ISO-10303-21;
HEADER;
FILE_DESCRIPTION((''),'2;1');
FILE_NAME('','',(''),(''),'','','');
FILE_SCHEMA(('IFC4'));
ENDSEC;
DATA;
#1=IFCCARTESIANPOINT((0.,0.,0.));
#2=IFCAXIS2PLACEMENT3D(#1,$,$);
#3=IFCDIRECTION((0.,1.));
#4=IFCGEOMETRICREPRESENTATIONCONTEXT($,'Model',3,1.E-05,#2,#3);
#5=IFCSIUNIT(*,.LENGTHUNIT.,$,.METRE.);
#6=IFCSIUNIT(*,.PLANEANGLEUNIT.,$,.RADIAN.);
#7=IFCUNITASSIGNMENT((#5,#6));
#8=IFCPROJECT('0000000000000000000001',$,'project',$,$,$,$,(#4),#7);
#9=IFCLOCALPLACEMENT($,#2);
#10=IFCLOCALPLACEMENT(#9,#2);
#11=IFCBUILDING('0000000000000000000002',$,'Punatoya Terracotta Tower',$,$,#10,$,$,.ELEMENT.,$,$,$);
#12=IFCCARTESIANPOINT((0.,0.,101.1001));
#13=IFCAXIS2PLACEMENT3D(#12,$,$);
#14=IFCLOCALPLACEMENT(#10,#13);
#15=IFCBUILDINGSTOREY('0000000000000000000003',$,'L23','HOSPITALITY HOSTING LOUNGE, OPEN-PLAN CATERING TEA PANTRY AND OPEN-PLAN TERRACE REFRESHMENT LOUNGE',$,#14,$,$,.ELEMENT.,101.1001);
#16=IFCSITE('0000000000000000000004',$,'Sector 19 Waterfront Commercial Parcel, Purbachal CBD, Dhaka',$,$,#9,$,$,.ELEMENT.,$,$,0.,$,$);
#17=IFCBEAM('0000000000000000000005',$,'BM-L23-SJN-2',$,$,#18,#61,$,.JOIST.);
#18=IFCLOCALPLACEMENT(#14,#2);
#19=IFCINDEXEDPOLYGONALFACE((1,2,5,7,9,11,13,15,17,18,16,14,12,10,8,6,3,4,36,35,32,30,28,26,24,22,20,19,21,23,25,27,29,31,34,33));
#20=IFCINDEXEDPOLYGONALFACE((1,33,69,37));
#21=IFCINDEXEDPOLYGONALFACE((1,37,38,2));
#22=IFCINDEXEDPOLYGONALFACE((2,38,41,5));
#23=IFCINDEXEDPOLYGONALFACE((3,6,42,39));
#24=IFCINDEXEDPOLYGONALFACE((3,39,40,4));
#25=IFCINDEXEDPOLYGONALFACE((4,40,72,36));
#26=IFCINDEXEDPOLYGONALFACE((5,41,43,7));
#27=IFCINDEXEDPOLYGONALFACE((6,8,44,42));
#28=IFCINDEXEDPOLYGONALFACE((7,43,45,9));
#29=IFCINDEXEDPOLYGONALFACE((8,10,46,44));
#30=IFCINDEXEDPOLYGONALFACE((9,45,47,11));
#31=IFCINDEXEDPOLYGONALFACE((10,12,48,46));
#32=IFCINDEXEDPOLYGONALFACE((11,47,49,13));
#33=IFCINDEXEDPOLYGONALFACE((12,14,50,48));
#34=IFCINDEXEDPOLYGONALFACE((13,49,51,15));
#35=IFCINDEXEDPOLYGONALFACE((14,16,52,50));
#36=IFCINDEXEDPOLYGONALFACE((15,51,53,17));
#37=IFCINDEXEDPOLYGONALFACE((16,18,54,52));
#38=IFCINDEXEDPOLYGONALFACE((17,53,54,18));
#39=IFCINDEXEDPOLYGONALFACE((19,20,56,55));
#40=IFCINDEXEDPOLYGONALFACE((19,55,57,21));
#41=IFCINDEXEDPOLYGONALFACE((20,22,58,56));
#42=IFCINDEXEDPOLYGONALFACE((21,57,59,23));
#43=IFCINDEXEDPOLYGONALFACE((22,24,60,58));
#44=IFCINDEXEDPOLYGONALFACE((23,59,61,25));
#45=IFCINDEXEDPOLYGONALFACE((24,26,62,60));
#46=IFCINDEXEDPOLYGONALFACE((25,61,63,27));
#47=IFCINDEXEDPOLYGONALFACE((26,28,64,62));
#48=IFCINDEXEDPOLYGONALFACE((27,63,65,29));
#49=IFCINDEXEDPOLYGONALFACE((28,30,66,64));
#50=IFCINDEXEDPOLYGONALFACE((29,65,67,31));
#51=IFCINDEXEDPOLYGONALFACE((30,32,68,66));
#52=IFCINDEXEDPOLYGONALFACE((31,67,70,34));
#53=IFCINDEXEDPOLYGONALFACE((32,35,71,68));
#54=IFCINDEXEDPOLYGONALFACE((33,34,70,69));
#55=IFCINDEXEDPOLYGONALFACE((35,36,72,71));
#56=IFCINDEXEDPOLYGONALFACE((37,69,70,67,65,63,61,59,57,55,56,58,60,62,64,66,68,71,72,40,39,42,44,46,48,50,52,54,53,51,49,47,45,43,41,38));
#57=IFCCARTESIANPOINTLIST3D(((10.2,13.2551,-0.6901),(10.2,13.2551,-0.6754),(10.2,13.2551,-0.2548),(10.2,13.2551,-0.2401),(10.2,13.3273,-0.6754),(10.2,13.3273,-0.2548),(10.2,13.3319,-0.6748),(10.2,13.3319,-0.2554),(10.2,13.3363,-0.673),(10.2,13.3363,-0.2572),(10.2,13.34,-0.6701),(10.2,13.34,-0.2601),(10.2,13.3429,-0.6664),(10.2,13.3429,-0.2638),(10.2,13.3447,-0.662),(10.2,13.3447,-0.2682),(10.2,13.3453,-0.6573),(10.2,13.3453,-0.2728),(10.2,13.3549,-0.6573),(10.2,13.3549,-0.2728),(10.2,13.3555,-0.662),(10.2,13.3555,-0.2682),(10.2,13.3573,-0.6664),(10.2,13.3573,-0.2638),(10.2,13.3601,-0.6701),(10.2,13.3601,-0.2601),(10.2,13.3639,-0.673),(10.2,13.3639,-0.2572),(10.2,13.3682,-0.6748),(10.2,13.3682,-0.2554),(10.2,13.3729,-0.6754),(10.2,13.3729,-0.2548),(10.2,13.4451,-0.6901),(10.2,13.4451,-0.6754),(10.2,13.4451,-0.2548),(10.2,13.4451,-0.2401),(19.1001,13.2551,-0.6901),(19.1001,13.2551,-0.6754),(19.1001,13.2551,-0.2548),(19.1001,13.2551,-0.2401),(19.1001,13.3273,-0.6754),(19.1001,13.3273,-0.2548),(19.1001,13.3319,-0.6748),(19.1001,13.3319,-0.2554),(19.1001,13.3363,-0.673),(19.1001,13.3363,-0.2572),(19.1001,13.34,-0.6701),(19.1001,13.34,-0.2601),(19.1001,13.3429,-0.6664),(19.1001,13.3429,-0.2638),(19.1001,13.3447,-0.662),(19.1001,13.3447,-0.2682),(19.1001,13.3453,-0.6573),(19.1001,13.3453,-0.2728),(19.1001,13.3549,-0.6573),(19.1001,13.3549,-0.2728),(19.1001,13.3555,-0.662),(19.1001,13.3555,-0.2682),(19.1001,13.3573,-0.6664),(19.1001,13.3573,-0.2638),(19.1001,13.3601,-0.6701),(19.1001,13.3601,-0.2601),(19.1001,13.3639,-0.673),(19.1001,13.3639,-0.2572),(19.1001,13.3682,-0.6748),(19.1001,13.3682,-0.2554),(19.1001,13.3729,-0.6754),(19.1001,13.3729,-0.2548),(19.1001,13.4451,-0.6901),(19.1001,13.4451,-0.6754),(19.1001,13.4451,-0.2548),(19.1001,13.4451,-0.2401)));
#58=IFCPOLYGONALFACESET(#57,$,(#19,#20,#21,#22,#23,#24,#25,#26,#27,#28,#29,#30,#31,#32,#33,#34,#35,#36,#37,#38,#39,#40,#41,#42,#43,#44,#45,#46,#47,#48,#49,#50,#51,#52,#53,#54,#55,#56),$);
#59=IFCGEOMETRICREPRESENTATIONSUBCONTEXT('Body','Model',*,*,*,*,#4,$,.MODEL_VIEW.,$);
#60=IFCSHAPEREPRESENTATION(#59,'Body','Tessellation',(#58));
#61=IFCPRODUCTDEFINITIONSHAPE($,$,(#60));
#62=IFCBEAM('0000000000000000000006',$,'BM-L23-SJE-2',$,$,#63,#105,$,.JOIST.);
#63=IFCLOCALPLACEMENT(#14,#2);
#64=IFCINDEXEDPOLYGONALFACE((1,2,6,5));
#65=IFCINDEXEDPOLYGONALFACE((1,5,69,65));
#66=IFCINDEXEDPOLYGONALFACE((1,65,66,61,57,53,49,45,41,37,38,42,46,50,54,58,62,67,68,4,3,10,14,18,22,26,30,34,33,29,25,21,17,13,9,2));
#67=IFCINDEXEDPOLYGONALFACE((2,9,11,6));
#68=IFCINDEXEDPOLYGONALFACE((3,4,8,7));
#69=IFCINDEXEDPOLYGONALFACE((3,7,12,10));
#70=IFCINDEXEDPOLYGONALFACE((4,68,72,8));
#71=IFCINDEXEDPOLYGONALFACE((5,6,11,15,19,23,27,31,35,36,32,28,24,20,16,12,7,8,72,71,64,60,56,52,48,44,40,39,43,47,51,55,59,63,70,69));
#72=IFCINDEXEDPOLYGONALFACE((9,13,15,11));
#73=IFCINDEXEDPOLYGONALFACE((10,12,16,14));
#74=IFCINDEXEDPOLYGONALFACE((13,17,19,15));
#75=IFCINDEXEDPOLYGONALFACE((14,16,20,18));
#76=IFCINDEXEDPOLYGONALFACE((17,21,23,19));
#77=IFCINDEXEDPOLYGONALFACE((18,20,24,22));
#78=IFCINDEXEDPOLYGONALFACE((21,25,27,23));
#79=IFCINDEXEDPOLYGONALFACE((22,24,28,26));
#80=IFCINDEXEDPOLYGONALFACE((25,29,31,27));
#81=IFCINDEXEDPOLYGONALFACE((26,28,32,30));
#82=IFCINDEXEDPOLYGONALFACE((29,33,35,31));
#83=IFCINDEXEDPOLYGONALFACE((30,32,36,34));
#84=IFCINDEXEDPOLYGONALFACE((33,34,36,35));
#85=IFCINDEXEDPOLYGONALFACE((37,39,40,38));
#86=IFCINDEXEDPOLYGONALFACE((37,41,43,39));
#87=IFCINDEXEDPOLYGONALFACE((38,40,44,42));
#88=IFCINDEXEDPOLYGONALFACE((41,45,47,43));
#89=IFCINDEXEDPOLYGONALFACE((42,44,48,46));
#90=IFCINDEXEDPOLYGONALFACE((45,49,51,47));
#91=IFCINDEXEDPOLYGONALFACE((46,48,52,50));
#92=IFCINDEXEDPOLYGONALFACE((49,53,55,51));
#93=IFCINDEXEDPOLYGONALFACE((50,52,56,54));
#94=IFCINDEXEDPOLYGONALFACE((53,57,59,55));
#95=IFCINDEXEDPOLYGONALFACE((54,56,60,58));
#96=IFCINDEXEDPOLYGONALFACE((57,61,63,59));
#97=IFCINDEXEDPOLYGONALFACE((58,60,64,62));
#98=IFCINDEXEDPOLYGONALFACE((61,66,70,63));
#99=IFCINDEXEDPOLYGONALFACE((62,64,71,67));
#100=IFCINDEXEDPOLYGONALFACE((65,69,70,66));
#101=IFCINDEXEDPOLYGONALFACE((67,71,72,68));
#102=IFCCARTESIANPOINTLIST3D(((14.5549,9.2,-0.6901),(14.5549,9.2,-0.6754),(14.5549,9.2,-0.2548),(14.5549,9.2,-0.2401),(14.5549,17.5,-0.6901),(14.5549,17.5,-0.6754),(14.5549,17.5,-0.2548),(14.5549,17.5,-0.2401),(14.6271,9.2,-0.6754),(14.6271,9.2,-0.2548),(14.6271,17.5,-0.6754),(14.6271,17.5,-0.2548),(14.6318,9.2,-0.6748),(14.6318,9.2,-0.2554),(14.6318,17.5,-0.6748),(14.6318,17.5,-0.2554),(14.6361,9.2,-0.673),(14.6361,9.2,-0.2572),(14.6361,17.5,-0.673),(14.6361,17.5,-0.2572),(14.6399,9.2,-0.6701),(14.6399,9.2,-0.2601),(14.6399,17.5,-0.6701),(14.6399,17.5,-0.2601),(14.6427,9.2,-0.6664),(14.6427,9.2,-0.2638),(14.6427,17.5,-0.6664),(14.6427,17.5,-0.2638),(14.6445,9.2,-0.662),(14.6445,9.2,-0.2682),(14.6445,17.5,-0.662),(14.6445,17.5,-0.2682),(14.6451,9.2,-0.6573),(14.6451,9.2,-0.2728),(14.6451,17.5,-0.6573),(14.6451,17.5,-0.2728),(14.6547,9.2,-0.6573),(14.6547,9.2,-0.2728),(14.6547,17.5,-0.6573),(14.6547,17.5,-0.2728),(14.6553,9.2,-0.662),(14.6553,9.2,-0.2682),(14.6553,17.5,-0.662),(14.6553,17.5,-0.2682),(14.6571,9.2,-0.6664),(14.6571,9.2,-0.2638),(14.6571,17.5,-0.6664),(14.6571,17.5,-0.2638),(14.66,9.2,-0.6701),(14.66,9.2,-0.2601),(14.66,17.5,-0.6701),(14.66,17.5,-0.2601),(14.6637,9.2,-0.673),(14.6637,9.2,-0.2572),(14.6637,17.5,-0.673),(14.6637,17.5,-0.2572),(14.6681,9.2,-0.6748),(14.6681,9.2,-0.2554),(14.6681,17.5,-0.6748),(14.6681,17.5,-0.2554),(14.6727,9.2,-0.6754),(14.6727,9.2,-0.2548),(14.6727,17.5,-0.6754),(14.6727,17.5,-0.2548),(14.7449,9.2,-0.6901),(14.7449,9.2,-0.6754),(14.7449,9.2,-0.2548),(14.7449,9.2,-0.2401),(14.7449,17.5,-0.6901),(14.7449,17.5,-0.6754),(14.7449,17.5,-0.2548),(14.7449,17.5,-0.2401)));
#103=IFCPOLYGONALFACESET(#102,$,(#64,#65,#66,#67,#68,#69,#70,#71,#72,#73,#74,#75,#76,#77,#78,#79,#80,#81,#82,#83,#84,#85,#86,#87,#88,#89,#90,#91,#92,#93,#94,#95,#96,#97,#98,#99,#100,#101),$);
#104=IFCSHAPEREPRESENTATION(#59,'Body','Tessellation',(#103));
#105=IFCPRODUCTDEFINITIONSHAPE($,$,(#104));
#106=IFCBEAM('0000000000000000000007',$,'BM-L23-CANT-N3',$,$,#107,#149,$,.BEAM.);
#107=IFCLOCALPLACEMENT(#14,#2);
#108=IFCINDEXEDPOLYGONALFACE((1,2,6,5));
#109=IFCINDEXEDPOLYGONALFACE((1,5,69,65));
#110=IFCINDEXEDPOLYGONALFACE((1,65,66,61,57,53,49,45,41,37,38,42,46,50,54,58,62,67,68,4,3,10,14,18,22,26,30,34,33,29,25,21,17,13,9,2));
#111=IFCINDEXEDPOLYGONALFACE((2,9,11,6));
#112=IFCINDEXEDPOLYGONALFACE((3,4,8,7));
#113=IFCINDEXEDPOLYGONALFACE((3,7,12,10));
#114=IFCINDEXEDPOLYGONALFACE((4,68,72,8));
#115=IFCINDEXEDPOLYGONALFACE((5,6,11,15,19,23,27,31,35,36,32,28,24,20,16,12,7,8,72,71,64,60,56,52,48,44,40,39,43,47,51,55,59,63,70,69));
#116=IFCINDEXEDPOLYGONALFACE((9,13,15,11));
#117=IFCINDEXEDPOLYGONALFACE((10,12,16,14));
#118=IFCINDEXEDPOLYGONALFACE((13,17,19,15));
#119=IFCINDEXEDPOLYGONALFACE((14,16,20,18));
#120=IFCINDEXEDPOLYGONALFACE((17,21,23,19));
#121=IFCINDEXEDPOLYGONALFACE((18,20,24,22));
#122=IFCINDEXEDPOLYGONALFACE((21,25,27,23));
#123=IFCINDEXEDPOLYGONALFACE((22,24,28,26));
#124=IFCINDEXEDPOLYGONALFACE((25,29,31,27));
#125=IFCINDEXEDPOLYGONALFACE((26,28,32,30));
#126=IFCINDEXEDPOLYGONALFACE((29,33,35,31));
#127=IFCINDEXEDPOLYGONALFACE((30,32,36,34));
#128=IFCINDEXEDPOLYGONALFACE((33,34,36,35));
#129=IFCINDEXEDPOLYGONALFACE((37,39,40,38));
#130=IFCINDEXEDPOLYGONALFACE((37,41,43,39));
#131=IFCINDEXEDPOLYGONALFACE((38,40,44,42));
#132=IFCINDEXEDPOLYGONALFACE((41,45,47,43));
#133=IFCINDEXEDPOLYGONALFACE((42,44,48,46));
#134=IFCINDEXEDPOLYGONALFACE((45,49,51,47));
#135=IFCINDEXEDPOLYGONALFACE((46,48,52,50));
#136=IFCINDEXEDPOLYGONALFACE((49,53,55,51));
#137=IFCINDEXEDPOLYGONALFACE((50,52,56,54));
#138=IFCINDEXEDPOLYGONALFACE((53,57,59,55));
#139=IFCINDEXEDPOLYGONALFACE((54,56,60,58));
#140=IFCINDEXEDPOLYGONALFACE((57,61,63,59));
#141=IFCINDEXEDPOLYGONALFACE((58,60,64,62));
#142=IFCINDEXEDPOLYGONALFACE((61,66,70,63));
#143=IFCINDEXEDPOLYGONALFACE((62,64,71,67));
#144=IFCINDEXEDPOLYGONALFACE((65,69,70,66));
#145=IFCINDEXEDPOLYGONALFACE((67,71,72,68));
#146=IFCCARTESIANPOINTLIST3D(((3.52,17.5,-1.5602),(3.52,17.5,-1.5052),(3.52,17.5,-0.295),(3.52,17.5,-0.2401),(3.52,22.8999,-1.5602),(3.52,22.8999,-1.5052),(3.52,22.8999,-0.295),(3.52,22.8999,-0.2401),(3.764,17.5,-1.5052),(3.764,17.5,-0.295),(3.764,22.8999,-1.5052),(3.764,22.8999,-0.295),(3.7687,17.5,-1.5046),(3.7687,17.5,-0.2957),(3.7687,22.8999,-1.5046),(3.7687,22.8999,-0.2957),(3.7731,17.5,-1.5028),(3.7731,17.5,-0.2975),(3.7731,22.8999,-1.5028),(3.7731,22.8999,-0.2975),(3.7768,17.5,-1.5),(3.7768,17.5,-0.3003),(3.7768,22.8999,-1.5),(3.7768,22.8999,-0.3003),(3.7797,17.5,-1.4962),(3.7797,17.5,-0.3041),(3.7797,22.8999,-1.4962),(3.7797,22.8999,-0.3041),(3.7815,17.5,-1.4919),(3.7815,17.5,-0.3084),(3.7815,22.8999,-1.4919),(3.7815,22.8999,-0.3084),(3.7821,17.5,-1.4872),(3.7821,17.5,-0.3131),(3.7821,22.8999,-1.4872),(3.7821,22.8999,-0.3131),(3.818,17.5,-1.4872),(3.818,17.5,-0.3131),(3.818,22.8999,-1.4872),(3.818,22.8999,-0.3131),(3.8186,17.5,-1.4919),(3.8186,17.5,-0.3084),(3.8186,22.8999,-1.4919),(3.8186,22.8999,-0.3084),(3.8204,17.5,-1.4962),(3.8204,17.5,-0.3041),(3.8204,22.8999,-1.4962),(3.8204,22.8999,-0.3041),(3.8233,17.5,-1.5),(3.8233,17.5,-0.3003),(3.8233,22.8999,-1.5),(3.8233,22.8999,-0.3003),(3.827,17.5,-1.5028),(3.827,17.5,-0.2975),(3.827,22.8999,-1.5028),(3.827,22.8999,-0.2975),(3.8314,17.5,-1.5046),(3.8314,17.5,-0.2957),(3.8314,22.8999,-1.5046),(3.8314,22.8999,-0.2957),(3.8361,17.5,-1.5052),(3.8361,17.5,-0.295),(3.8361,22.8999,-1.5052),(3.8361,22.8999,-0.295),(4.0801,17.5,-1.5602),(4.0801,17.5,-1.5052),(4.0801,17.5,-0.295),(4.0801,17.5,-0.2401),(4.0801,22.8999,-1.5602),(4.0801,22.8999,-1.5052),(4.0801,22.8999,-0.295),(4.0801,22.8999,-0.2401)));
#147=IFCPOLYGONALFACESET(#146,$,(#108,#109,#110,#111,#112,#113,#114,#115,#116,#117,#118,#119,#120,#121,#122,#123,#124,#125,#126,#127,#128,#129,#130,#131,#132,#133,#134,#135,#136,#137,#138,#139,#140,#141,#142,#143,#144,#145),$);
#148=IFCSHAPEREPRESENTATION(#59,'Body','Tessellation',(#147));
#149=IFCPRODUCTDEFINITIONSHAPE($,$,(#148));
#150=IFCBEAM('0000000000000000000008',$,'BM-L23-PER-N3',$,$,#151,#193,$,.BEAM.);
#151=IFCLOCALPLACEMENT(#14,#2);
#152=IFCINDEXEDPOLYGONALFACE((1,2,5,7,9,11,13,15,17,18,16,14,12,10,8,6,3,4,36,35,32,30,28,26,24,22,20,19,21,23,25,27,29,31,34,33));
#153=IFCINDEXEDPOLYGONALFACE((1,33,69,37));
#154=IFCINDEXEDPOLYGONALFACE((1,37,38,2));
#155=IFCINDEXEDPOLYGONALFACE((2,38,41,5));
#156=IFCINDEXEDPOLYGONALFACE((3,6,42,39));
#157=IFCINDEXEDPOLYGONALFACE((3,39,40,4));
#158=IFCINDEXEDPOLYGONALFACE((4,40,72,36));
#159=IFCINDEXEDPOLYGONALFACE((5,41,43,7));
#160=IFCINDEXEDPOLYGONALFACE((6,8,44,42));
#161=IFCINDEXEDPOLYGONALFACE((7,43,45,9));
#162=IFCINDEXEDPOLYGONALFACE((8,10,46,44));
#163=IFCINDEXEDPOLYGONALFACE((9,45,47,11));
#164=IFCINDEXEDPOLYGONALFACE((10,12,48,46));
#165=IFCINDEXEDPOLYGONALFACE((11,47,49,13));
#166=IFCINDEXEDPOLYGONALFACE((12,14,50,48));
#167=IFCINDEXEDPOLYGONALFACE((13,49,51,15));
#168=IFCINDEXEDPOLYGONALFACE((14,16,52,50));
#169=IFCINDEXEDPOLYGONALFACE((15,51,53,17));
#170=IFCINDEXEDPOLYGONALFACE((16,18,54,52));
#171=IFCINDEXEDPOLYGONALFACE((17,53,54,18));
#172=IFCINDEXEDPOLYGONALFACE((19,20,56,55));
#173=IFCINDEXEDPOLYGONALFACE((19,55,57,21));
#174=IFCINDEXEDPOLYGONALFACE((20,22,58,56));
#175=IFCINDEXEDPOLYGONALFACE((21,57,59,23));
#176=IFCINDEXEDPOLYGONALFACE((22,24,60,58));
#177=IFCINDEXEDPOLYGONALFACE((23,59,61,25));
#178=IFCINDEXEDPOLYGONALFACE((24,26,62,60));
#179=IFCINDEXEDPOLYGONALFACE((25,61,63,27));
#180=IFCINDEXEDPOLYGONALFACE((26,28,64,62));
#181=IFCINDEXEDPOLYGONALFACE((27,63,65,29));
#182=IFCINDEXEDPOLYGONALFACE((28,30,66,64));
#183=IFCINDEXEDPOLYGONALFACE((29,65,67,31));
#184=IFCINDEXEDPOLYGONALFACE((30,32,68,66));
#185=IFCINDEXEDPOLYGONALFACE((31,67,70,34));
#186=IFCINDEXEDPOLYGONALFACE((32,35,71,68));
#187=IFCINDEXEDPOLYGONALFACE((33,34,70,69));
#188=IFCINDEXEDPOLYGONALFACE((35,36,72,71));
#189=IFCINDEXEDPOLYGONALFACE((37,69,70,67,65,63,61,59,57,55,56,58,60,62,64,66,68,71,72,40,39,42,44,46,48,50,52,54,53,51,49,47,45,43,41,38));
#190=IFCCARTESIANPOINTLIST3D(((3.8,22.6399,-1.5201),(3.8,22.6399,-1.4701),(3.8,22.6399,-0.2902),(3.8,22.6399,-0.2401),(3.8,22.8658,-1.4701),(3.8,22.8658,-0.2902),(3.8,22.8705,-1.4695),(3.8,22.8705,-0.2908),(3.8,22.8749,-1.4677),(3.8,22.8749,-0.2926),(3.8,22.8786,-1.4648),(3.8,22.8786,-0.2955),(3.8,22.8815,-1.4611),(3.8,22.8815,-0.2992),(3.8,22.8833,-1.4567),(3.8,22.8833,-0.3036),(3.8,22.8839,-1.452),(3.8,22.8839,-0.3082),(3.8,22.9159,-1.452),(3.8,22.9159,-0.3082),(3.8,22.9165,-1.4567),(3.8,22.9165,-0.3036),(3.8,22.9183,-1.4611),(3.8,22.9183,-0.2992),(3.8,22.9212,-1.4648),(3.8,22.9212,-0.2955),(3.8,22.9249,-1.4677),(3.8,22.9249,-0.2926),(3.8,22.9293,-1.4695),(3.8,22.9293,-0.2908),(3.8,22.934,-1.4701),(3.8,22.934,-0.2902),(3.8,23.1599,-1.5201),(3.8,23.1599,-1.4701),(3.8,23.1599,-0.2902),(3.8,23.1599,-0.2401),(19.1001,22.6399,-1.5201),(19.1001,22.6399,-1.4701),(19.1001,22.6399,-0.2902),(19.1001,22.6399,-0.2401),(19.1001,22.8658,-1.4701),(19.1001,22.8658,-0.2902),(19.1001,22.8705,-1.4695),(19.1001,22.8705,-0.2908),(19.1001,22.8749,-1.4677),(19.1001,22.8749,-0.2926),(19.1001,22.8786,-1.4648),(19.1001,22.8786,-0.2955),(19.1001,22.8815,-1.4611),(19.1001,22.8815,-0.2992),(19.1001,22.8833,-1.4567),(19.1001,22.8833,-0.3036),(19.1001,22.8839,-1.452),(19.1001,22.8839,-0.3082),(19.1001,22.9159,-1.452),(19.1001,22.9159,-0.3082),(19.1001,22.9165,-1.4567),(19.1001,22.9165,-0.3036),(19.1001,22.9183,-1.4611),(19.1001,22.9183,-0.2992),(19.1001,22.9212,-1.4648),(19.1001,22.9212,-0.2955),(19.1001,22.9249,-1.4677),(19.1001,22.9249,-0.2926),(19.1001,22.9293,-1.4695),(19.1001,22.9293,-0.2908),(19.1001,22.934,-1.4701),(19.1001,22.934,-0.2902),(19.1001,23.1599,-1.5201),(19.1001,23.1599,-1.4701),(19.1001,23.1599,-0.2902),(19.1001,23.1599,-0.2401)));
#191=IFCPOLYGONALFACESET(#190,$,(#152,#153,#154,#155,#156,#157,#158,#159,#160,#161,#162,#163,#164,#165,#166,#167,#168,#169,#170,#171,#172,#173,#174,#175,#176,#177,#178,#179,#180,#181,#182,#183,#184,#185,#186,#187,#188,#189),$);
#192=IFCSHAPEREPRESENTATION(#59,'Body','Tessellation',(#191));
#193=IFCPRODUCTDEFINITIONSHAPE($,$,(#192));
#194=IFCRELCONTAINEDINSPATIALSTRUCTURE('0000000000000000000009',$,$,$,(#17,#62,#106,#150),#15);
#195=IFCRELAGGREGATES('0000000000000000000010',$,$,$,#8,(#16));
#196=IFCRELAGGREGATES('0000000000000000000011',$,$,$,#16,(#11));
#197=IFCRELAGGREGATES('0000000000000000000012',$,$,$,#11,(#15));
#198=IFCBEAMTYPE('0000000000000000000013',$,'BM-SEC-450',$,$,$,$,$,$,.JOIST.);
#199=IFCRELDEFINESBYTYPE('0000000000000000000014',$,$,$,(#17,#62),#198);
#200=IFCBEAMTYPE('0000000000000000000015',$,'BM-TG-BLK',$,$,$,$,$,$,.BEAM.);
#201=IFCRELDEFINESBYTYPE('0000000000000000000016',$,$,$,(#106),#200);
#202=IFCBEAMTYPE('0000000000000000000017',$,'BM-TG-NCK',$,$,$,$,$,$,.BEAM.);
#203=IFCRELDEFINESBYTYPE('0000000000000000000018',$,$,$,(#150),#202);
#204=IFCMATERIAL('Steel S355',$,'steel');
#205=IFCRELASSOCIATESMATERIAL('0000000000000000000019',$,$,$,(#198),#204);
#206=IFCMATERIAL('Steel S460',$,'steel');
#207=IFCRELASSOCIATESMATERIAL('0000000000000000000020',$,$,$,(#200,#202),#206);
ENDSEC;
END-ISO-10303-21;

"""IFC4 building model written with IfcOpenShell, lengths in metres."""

from ifc_helpers import new_model, si_unit, direction, frame, origin, origin_2d, place, context, subcontext, project, spatial, i_section, extrude, material, material_profile, profile_set, type_object, element, save


model = new_model("IFC4")

# Units and contexts
model_context = context("Model", 3, precision=1e-05, world=origin(), true_north=direction((0.0, 1.0)))
body_context = subcontext(model_context, "Body", "Model", "MODEL_VIEW")
ifc_project = project(units=[si_unit("LENGTHUNIT", "METRE"), si_unit("PLANEANGLEUNIT", "RADIAN")], contexts=[model_context])

# Site, building, storey
site_placement = place(None, origin())
site = spatial("IfcSite", under=ifc_project, at=site_placement, Name="Sector 19 Waterfront Commercial Parcel, Purbachal CBD, Dhaka", CompositionType="ELEMENT", RefElevation=0.0)
building_placement = place(site_placement, origin())
building = spatial("IfcBuilding", under=site, at=building_placement, Name="Punatoya Terracotta Tower", CompositionType="ELEMENT")
storey_placement = place(building_placement, frame((0.0, 0.0, 101.1001)))
storey = spatial("IfcBuildingStorey", under=building, at=storey_placement, Name="L23", Description="HOSPITALITY HOSTING LOUNGE, OPEN-PLAN CATERING TEA PANTRY AND OPEN-PLAN TERRACE REFRESHMENT LOUNGE", CompositionType="ELEMENT", Elevation=101.1001)

# Shared definitions
ifc_material_1 = material(Name="Steel S460", Category="steel")

# Beams
ifc_material_2 = material(Name="Steel S355", Category="steel")
ifc_material_profile_1 = material_profile(ifc_material_2, i_section(OverallWidth=0.1899, OverallDepth=0.45, WebThickness=0.0095, FlangeThickness=0.0146, FilletRadius=0.0181, at=origin_2d()))
ifc_profile_set_1 = profile_set([ifc_material_profile_1], Name="Steel S355")
beam_type_1 = type_object("IfcBeamType", Name="BM-SEC-450", PredefinedType="JOIST", material=ifc_profile_set_1)
beam_1_placement = place(storey_placement, frame((10.2, 13.3501, -0.4651), z_axis=(1.0, 0.0, 0.0), x_axis=(0.0, 1.0, 0.0)))
element("IfcBeam", 1, at=beam_1_placement, inside=storey, type_object=beam_type_1, Name="BM-L23-SJN-2", PredefinedType="JOIST", context=body_context, shape_type="SweptSolid", body=[
    extrude(i_section(OverallWidth=0.1899, OverallDepth=0.45, WebThickness=0.0095, FlangeThickness=0.0146, FilletRadius=0.0181, at=origin_2d()), origin(), (0.0, 0.0, 1.0), 8.9001),
])
beam_2_placement = place(storey_placement, frame((14.6499, 9.2, -0.4651), z_axis=(0.0, 1.0, 0.0), x_axis=(-1.0, 0.0, 0.0)))
element("IfcBeam", 2, at=beam_2_placement, inside=storey, type_object=beam_type_1, Name="BM-L23-SJE-2", PredefinedType="JOIST", context=body_context, shape_type="SweptSolid", body=[
    extrude(i_section(OverallWidth=0.1899, OverallDepth=0.45, WebThickness=0.0095, FlangeThickness=0.0146, FilletRadius=0.0181, at=origin_2d()), origin(), (0.0, 0.0, 1.0), 8.3),
])
ifc_material_profile_2 = material_profile(ifc_material_1, i_section(OverallWidth=0.5601, OverallDepth=1.3201, WebThickness=0.0359, FlangeThickness=0.0549, FilletRadius=0.0181, at=origin_2d()))
ifc_profile_set_2 = profile_set([ifc_material_profile_2], Name="Steel S460")
beam_type_2 = type_object("IfcBeamType", Name="BM-TG-BLK", PredefinedType="BEAM", material=ifc_profile_set_2)
beam_3_placement = place(storey_placement, frame((3.8, 17.5, -0.9001), z_axis=(0.0, 1.0, 0.0), x_axis=(-1.0, 0.0, 0.0)))
element("IfcBeam", 3, at=beam_3_placement, inside=storey, type_object=beam_type_2, Name="BM-L23-CANT-N3", PredefinedType="BEAM", context=body_context, shape_type="SweptSolid", body=[
    extrude(i_section(OverallWidth=0.5601, OverallDepth=1.3201, WebThickness=0.0359, FlangeThickness=0.0549, FilletRadius=0.0181, at=origin_2d()), origin(), (0.0, 0.0, 1.0), 5.3999),
])
ifc_material_profile_3 = material_profile(ifc_material_1, i_section(OverallWidth=0.52, OverallDepth=1.28, WebThickness=0.032, FlangeThickness=0.05, FilletRadius=0.0181, at=origin_2d()))
ifc_profile_set_3 = profile_set([ifc_material_profile_3], Name="Steel S460")
beam_type_3 = type_object("IfcBeamType", Name="BM-TG-NCK", PredefinedType="BEAM", material=ifc_profile_set_3)
beam_4_placement = place(storey_placement, frame((3.8, 22.8999, -0.8801), z_axis=(1.0, 0.0, 0.0), x_axis=(0.0, 1.0, 0.0)))
element("IfcBeam", 4, at=beam_4_placement, inside=storey, type_object=beam_type_3, Name="BM-L23-PER-N3", PredefinedType="BEAM", context=body_context, shape_type="SweptSolid", body=[
    extrude(i_section(OverallWidth=0.52, OverallDepth=1.28, WebThickness=0.032, FlangeThickness=0.05, FilletRadius=0.0181, at=origin_2d()), origin(), (0.0, 0.0, 1.0), 15.3),
])

save(model, "model.ifc")
